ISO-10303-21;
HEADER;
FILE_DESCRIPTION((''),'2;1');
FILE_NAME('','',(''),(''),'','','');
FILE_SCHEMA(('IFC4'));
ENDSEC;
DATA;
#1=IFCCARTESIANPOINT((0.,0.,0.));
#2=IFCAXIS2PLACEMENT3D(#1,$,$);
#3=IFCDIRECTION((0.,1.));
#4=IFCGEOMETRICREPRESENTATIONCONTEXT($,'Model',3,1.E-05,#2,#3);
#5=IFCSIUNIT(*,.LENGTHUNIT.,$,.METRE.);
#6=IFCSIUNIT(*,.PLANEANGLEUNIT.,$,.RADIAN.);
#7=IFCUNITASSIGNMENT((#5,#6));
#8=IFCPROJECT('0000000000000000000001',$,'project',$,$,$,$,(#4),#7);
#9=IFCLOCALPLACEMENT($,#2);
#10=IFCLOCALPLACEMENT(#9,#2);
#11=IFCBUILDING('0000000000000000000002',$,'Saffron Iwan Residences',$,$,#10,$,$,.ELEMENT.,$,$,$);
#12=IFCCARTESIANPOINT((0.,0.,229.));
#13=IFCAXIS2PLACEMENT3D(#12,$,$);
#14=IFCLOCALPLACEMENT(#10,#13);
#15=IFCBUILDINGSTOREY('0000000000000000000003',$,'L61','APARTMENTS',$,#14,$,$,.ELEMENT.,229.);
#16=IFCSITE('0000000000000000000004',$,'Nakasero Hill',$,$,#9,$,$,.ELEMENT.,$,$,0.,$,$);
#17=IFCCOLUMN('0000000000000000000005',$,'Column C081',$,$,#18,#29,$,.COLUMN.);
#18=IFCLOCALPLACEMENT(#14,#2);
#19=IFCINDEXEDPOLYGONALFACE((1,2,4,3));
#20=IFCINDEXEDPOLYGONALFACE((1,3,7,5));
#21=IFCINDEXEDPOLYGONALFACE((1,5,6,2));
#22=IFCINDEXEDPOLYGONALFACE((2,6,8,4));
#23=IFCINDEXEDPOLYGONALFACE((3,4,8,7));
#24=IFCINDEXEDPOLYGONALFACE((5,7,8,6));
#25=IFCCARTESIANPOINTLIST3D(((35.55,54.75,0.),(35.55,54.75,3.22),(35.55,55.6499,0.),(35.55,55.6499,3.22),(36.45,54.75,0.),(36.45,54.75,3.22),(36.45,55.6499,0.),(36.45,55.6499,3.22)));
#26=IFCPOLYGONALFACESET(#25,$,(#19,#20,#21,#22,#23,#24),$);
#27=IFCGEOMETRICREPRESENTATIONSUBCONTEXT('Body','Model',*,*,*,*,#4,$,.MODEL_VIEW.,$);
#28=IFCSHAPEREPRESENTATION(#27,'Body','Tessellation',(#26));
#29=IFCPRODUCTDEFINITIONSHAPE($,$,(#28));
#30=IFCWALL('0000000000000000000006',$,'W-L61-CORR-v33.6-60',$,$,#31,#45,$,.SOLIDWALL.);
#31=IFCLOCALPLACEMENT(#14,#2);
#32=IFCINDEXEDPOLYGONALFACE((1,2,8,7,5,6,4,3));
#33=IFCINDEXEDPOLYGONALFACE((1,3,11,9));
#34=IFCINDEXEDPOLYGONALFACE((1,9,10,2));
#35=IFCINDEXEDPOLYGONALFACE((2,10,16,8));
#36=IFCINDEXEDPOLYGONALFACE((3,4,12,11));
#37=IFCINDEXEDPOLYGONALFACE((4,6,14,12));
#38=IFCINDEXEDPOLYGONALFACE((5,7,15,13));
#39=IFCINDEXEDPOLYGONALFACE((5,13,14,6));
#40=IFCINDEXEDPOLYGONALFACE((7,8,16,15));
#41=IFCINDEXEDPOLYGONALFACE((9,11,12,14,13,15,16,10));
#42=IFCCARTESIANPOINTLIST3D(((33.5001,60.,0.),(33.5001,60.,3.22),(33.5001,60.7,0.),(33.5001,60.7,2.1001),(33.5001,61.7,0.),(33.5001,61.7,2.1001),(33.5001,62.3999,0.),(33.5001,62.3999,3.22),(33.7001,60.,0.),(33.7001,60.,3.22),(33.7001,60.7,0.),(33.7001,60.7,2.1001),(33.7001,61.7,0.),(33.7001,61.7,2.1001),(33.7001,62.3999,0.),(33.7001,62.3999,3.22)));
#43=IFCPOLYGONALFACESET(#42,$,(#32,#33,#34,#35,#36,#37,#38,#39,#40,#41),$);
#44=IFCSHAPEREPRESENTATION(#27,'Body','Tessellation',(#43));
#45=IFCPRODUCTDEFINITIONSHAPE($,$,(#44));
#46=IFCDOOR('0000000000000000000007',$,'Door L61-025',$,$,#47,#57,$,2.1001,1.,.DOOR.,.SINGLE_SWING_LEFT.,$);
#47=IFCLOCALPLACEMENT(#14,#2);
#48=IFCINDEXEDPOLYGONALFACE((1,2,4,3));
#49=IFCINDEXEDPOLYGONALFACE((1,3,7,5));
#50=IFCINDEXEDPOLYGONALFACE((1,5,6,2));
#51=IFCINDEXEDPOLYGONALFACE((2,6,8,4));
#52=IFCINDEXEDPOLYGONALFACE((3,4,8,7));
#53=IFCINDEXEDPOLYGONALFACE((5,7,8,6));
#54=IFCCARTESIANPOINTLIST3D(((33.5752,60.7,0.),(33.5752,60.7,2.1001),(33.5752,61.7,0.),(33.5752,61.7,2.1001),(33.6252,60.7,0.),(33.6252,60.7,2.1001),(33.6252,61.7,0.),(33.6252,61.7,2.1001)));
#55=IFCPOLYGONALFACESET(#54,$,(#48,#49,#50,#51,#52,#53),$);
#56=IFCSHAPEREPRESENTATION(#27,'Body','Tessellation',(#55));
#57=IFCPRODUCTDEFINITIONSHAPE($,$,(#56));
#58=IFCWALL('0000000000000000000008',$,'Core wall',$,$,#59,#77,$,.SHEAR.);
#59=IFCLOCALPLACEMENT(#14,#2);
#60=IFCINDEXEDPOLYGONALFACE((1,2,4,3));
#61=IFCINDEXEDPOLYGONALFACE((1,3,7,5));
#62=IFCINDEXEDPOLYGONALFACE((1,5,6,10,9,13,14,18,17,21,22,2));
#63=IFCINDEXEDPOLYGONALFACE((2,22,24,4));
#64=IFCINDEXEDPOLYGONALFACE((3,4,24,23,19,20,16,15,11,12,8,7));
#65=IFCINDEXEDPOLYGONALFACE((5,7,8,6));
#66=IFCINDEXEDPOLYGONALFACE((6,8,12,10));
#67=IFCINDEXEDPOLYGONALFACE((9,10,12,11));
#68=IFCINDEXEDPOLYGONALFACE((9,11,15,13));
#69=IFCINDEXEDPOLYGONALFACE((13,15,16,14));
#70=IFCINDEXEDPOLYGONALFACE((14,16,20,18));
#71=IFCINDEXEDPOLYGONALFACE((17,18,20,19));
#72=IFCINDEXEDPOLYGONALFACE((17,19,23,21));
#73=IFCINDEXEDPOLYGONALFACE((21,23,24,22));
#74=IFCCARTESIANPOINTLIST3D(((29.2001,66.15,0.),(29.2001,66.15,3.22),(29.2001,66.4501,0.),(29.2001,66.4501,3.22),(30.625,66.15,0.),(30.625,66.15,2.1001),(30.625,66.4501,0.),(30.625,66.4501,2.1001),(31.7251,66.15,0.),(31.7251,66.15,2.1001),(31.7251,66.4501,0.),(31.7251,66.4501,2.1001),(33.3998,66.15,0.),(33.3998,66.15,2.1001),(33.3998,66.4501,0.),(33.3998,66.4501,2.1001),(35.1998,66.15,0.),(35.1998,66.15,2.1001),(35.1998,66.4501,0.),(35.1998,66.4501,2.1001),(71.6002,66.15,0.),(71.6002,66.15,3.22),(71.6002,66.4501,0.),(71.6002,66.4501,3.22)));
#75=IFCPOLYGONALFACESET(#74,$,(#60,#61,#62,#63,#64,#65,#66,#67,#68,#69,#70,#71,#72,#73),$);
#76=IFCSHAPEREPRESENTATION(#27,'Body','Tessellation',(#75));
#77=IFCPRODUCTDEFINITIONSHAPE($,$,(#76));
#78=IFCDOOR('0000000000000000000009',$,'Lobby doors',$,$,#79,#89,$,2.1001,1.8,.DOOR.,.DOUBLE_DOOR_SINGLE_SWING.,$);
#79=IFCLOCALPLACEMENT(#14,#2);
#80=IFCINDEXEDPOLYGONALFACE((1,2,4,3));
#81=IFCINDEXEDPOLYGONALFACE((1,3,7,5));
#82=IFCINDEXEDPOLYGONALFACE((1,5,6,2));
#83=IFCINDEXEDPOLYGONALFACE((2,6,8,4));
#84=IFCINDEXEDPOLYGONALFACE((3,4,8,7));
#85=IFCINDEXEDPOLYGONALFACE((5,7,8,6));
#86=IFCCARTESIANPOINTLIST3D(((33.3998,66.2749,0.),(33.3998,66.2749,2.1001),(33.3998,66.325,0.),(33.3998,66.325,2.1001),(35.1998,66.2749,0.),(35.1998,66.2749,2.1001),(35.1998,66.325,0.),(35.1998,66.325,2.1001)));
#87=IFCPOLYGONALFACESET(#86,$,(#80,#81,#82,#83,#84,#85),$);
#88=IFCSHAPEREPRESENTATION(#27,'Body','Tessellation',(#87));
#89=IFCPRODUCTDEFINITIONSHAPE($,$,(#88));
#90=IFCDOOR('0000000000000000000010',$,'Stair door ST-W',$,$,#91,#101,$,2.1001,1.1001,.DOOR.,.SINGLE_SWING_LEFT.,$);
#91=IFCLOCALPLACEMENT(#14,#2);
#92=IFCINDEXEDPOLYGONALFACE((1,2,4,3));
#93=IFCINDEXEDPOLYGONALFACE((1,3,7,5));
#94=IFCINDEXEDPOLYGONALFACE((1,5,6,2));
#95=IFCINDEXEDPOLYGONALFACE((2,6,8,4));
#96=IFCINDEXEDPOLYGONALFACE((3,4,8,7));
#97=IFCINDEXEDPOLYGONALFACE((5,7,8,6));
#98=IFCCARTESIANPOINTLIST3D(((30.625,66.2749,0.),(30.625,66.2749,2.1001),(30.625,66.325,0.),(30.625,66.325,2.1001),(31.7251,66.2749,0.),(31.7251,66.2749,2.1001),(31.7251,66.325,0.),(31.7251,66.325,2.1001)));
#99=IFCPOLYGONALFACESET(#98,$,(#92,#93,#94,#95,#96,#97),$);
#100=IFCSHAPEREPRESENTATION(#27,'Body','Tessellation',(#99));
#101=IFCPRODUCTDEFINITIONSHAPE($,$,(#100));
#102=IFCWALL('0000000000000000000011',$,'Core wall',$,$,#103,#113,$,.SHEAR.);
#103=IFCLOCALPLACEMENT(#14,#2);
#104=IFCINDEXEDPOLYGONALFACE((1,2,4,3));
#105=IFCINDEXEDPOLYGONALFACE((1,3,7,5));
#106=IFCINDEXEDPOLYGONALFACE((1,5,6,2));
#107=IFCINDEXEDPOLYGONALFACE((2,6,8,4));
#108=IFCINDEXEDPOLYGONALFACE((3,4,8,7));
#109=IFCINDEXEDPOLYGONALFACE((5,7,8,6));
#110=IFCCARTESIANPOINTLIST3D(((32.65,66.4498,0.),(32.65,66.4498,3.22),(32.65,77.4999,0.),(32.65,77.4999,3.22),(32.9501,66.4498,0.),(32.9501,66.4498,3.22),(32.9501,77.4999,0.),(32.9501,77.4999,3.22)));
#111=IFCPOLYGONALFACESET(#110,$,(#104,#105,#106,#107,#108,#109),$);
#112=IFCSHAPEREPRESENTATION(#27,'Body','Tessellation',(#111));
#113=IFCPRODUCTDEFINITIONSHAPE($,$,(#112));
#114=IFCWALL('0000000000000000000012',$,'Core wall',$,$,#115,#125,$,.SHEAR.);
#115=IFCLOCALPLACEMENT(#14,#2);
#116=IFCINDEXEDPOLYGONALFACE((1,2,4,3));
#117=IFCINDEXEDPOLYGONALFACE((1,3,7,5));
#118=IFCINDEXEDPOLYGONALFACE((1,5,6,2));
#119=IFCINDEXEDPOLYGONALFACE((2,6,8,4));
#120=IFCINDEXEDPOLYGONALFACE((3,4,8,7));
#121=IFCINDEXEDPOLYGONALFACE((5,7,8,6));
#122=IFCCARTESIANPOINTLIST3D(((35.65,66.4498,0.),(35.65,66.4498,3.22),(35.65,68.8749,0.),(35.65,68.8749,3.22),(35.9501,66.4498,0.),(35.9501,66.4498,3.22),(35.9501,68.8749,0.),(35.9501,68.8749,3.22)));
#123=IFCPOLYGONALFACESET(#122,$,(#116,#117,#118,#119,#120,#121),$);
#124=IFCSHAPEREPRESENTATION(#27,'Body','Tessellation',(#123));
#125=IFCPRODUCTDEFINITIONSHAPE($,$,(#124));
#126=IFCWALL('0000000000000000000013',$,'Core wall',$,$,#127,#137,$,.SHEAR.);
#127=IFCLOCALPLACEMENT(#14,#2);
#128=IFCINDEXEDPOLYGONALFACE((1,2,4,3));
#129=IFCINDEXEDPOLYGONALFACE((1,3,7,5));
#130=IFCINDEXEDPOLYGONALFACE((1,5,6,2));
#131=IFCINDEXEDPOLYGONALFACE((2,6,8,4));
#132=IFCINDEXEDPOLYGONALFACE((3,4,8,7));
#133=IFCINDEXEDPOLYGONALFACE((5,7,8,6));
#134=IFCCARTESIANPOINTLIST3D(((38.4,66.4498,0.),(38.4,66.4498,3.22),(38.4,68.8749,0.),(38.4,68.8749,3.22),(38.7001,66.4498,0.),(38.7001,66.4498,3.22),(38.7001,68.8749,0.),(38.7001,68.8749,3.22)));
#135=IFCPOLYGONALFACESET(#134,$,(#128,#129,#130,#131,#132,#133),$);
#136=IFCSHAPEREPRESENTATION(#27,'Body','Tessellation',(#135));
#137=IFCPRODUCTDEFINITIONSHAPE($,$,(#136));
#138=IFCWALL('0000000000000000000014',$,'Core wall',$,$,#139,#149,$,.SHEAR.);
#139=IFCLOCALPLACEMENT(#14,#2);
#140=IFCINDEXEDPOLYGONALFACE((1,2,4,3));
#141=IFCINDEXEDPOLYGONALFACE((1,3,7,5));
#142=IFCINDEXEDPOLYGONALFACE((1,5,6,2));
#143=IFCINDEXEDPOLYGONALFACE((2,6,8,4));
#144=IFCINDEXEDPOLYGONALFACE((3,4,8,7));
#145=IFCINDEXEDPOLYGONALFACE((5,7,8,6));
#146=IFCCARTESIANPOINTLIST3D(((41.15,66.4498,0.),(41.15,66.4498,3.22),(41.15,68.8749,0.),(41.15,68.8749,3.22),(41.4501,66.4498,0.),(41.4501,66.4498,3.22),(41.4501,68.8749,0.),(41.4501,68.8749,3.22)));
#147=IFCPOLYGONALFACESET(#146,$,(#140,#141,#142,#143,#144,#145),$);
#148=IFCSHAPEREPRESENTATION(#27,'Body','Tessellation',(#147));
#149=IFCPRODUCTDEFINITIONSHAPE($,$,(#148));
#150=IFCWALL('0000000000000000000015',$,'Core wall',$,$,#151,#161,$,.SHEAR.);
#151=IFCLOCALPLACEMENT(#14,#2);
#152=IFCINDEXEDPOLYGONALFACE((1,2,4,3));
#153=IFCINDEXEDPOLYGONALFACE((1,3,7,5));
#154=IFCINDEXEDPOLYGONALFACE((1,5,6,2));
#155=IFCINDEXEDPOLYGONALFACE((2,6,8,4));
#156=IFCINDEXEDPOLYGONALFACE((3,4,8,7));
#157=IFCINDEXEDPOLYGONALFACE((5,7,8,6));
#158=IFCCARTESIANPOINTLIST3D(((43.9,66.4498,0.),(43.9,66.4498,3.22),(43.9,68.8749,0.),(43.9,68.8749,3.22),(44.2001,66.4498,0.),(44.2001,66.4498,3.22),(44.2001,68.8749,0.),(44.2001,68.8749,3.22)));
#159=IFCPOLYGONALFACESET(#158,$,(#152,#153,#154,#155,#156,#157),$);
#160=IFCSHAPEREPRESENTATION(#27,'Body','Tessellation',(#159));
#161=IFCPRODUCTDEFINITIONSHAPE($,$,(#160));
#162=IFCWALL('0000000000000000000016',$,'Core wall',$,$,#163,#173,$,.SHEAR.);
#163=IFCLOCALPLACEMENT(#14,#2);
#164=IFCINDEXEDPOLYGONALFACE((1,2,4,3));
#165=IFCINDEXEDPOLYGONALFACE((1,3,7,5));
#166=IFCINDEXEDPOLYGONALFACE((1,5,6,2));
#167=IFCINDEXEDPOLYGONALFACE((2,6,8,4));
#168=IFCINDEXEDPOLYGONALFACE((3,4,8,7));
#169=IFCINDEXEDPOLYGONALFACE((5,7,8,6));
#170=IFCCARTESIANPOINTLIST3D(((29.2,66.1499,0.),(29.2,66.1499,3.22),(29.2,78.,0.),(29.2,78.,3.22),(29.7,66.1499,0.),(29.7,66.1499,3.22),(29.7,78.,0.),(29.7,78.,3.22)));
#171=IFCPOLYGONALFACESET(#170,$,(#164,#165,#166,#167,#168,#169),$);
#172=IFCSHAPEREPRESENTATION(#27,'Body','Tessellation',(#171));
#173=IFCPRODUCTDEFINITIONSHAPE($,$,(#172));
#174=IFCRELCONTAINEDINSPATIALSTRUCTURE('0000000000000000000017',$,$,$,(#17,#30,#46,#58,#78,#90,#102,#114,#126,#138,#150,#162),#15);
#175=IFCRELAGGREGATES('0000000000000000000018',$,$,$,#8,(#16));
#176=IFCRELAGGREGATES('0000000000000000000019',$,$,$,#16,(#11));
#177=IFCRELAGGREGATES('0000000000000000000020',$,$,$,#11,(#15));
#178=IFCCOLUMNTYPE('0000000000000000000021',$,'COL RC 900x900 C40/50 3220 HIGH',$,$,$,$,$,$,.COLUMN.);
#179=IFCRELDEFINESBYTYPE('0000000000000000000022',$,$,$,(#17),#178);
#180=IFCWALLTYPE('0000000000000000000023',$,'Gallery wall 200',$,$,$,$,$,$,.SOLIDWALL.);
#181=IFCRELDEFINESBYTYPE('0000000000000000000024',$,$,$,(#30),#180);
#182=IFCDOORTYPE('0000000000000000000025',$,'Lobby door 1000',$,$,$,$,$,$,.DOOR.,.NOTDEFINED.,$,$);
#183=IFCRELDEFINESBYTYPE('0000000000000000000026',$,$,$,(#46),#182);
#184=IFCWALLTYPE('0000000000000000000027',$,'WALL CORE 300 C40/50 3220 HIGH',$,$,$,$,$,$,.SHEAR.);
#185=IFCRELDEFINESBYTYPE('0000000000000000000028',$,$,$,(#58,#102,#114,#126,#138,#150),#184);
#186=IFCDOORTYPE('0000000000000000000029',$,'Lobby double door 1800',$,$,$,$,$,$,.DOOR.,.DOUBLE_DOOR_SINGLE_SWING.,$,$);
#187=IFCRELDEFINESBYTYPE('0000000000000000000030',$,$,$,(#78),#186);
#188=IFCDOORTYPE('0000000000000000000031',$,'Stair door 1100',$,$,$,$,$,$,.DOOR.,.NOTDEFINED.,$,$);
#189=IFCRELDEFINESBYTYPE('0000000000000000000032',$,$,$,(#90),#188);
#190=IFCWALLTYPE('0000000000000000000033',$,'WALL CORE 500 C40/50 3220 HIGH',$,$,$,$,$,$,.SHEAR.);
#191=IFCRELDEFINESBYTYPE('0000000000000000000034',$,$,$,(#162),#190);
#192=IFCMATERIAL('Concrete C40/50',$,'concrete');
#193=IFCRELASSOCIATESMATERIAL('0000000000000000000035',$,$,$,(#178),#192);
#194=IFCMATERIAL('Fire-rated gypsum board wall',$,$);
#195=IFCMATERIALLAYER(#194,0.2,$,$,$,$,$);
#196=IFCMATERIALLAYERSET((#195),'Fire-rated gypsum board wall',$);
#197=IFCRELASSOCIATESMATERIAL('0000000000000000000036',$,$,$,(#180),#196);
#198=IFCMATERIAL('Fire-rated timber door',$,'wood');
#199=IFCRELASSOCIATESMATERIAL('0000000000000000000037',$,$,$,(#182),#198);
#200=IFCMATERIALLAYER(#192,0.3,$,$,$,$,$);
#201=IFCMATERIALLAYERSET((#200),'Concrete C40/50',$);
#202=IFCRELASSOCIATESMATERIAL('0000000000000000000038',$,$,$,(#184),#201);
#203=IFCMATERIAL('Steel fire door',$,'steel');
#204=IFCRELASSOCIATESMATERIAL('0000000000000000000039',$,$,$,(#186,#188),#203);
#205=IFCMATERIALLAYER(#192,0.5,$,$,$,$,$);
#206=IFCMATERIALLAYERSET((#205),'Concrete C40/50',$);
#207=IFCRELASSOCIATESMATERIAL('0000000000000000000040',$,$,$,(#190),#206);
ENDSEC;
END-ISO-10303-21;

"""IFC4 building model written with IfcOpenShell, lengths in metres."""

from ifc_helpers import new_model, si_unit, direction, frame, frame_2d, origin, origin_2d, place, context, subcontext, project, spatial, rectangle, extrude, source, transform, mapped, material, layer, layer_set, material_profile, profile_set, type_object, element, fill, save


model = new_model("IFC4")

# Units and contexts
model_context = context("Model", 3, precision=1e-05, world=origin(), true_north=direction((0.0, 1.0)))
body_context = subcontext(model_context, "Body", "Model", "MODEL_VIEW")
ifc_project = project(units=[si_unit("LENGTHUNIT", "METRE"), si_unit("PLANEANGLEUNIT", "RADIAN")], contexts=[model_context])

# Site, building, storey
site_placement = place(None, origin())
site = spatial("IfcSite", under=ifc_project, at=site_placement, Name="Nakasero Hill", CompositionType="ELEMENT", RefElevation=0.0)
building_placement = place(site_placement, origin())
building = spatial("IfcBuilding", under=site, at=building_placement, Name="Saffron Iwan Residences", CompositionType="ELEMENT")
storey_placement = place(building_placement, frame((0.0, 0.0, 229.0)))
storey = spatial("IfcBuildingStorey", under=building, at=storey_placement, Name="L61", Description="APARTMENTS", CompositionType="ELEMENT", Elevation=229.0)

# Column
ifc_material_1 = material(Name="Concrete C40/50", Category="concrete")
ifc_material_profile = material_profile(ifc_material_1, rectangle(XDim=0.8999, YDim=0.8999, at=origin_2d()), Name="RC 900x900")
ifc_profile_set = profile_set([ifc_material_profile], Name="Concrete C40/50")
column_type = type_object("IfcColumnType", Name="COL RC 900x900 C40/50 3220 HIGH", PredefinedType="COLUMN", material=ifc_profile_set)
shared_shape = source(origin(), body_context, "Body", "SweptSolid", [
    extrude(rectangle(XDim=0.8999, YDim=0.8999, at=origin_2d()), origin(), (0.0, 0.0, 1.0), 3.22),
])
column_placement = place(storey_placement, frame((36.0, 55.2, 0.0), z_axis=(0.0, 0.0, 1.0), x_axis=(1.0, 0.0, 0.0)))
element("IfcColumn", 1, at=column_placement, inside=storey, type_object=column_type, Name="Column C081", PredefinedType="COLUMN", context=body_context, shape_type="MappedRepresentation", body=[
    mapped(shared_shape, transform((0.0, 0.0, 0.0))),
])

# Wall, opening, door
ifc_material_2 = material(Name="Fire-rated gypsum board wall")
ifc_layer_1 = layer(ifc_material_2, 0.2)
ifc_layer_set_1 = layer_set([ifc_layer_1], Name="Fire-rated gypsum board wall")
wall_type_1 = type_object("IfcWallType", Name="Gallery wall 200", PredefinedType="SOLIDWALL", material=ifc_layer_set_1)
wall_1_placement = place(storey_placement, frame((33.6001, 60.0, 0.0), z_axis=(0.0, 0.0, 1.0), x_axis=(0.0, 1.0, 0.0)))
wall_1 = element("IfcWall", 2, at=wall_1_placement, inside=storey, type_object=wall_type_1, Name="W-L61-CORR-v33.6-60", PredefinedType="SOLIDWALL", context=body_context, shape_type="SweptSolid", body=[
    extrude(rectangle(XDim=2.3999, YDim=0.2, at=frame_2d((1.2, 0.0))), origin(), (0.0, 0.0, 1.0), 3.22),
])
opening_1_placement = place(wall_1_placement, frame((0.7, 0.0, 0.0)))
opening_1 = element("IfcOpeningElement", 3, at=opening_1_placement, cuts=wall_1, PredefinedType="OPENING", context=body_context, shape_type="SweptSolid", body=[
    extrude(rectangle(XDim=1.0, YDim=2.1001, at=frame_2d((0.5, 1.05))), frame((0.0, 0.1099, 0.0), z_axis=(0.0, -1.0, 0.0), x_axis=(1.0, 0.0, 0.0)), (0.0, 0.0, 1.0), 0.22),
])
ifc_material_3 = material(Name="Fire-rated timber door", Category="wood")
door_type_1 = type_object("IfcDoorType", Name="Lobby door 1000", OperationType="NOTDEFINED", PredefinedType="DOOR", material=ifc_material_3)
door_1_placement = place(opening_1_placement, origin())
door_1 = element("IfcDoor", 4, at=door_1_placement, inside=storey, type_object=door_type_1, Name="Door L61-025", OperationType="SINGLE_SWING_LEFT", OverallHeight=2.1001, OverallWidth=1.0, PredefinedType="DOOR", context=body_context, shape_type="SweptSolid", body=[
    extrude(rectangle(XDim=1.0, YDim=2.1001, at=frame_2d((0.5, 1.05))), frame((0.0, 0.0249, 0.0), z_axis=(0.0, -1.0, 0.0), x_axis=(1.0, 0.0, 0.0)), (0.0, 0.0, 1.0), 0.05),
])
fill(opening_1, door_1)

# Wall, openings, doors
ifc_layer_2 = layer(ifc_material_1, 0.3)
ifc_layer_set_2 = layer_set([ifc_layer_2], Name="Concrete C40/50")
wall_type_2 = type_object("IfcWallType", Name="WALL CORE 300 C40/50 3220 HIGH", PredefinedType="SHEAR", material=ifc_layer_set_2)
wall_2_placement = place(storey_placement, frame((29.2, 66.3, 0.0), z_axis=(0.0, 0.0, 1.0), x_axis=(1.0, 0.0, 0.0)))
wall_2 = element("IfcWall", 5, at=wall_2_placement, inside=storey, type_object=wall_type_2, Name="Core wall", PredefinedType="SHEAR", context=body_context, shape_type="SweptSolid", body=[
    extrude(rectangle(XDim=42.4001, YDim=0.3, at=frame_2d((21.2002, 0.0))), origin(), (0.0, 0.0, 1.0), 3.22),
])
opening_2_placement = place(wall_2_placement, frame((1.425, 0.0, 0.0)))
opening_2 = element("IfcOpeningElement", 6, at=opening_2_placement, cuts=wall_2, PredefinedType="OPENING", context=body_context, shape_type="SweptSolid", body=[
    extrude(rectangle(XDim=1.1001, YDim=2.1001, at=frame_2d((0.55, 1.05))), frame((0.0, 0.1602, 0.0), z_axis=(0.0, -1.0, 0.0), x_axis=(1.0, 0.0, 0.0)), (0.0, 0.0, 1.0), 0.3201),
])
opening_3_placement = place(wall_2_placement, frame((4.2, 0.0, 0.0)))
opening_3 = element("IfcOpeningElement", 7, at=opening_3_placement, cuts=wall_2, PredefinedType="OPENING", context=body_context, shape_type="SweptSolid", body=[
    extrude(rectangle(XDim=1.8, YDim=2.1001, at=frame_2d((0.8999, 1.05))), frame((0.0, 0.1602, 0.0), z_axis=(0.0, -1.0, 0.0), x_axis=(1.0, 0.0, 0.0)), (0.0, 0.0, 1.0), 0.3201),
])
ifc_material_4 = material(Name="Steel fire door", Category="steel")
door_type_2 = type_object("IfcDoorType", Name="Lobby double door 1800", OperationType="DOUBLE_DOOR_SINGLE_SWING", PredefinedType="DOOR", material=ifc_material_4)
door_2_placement = place(opening_3_placement, origin())
door_2 = element("IfcDoor", 8, at=door_2_placement, inside=storey, type_object=door_type_2, Name="Lobby doors", OperationType="DOUBLE_DOOR_SINGLE_SWING", OverallHeight=2.1001, OverallWidth=1.8, PredefinedType="DOOR", context=body_context, shape_type="SweptSolid", body=[
    extrude(rectangle(XDim=1.8, YDim=2.1001, at=frame_2d((0.8999, 1.05))), frame((0.0, 0.0249, 0.0), z_axis=(0.0, -1.0, 0.0), x_axis=(1.0, 0.0, 0.0)), (0.0, 0.0, 1.0), 0.05),
])
fill(opening_3, door_2)
door_type_3 = type_object("IfcDoorType", Name="Stair door 1100", OperationType="NOTDEFINED", PredefinedType="DOOR", material=ifc_material_4)
door_3_placement = place(opening_2_placement, origin())
door_3 = element("IfcDoor", 9, at=door_3_placement, inside=storey, type_object=door_type_3, Name="Stair door ST-W", OperationType="SINGLE_SWING_LEFT", OverallHeight=2.1001, OverallWidth=1.1001, PredefinedType="DOOR", context=body_context, shape_type="SweptSolid", body=[
    extrude(rectangle(XDim=1.1001, YDim=2.1001, at=frame_2d((0.55, 1.05))), frame((0.0, 0.0249, 0.0), z_axis=(0.0, -1.0, 0.0), x_axis=(1.0, 0.0, 0.0)), (0.0, 0.0, 1.0), 0.05),
])
fill(opening_2, door_3)

# Walls
wall_3_placement = place(storey_placement, frame((32.8, 66.45, 0.0), z_axis=(0.0, 0.0, 1.0), x_axis=(0.0, 1.0, 0.0)))
element("IfcWall", 10, at=wall_3_placement, inside=storey, type_object=wall_type_2, Name="Core wall", PredefinedType="SHEAR", context=body_context, shape_type="SweptSolid", body=[
    extrude(rectangle(XDim=11.05, YDim=0.3, at=frame_2d((5.5249, 0.0))), origin(), (0.0, 0.0, 1.0), 3.22),
])
for number, where, z_axis, x_axis, name in (
    (11, (35.8, 66.45, 0.0), (0.0, 0.0, 1.0), (0.0, 1.0, 0.0), "Core wall"),
    (12, (38.55, 66.45, 0.0), (0.0, 0.0, 1.0), (0.0, 1.0, 0.0), "Core wall"),
    (13, (41.3, 66.45, 0.0), (0.0, 0.0, 1.0), (0.0, 1.0, 0.0), "Core wall"),
    (14, (44.05, 66.45, 0.0), (0.0, 0.0, 1.0), (0.0, 1.0, 0.0), "Core wall"),
):
    element("IfcWall", number, at=place(storey_placement, frame(where, z_axis=z_axis, x_axis=x_axis)), inside=storey, type_object=wall_type_2, Name=name, PredefinedType="SHEAR", context=body_context, shape_type="SweptSolid", body=[
        extrude(rectangle(XDim=2.425, YDim=0.3, at=frame_2d((1.2124, 0.0))), origin(), (0.0, 0.0, 1.0), 3.22),
    ])
ifc_layer_3 = layer(ifc_material_1, 0.5)
ifc_layer_set_3 = layer_set([ifc_layer_3], Name="Concrete C40/50")
wall_type_3 = type_object("IfcWallType", Name="WALL CORE 500 C40/50 3220 HIGH", PredefinedType="SHEAR", material=ifc_layer_set_3)
wall_4_placement = place(storey_placement, frame((29.45, 66.1499, 0.0), z_axis=(0.0, 0.0, 1.0), x_axis=(0.0, 1.0, 0.0)))
element("IfcWall", 15, at=wall_4_placement, inside=storey, type_object=wall_type_3, Name="Core wall", PredefinedType="SHEAR", context=body_context, shape_type="SweptSolid", body=[
    extrude(rectangle(XDim=11.8501, YDim=0.5, at=frame_2d((5.925, 0.0))), origin(), (0.0, 0.0, 1.0), 3.22),
])

save(model, "model.ifc")
